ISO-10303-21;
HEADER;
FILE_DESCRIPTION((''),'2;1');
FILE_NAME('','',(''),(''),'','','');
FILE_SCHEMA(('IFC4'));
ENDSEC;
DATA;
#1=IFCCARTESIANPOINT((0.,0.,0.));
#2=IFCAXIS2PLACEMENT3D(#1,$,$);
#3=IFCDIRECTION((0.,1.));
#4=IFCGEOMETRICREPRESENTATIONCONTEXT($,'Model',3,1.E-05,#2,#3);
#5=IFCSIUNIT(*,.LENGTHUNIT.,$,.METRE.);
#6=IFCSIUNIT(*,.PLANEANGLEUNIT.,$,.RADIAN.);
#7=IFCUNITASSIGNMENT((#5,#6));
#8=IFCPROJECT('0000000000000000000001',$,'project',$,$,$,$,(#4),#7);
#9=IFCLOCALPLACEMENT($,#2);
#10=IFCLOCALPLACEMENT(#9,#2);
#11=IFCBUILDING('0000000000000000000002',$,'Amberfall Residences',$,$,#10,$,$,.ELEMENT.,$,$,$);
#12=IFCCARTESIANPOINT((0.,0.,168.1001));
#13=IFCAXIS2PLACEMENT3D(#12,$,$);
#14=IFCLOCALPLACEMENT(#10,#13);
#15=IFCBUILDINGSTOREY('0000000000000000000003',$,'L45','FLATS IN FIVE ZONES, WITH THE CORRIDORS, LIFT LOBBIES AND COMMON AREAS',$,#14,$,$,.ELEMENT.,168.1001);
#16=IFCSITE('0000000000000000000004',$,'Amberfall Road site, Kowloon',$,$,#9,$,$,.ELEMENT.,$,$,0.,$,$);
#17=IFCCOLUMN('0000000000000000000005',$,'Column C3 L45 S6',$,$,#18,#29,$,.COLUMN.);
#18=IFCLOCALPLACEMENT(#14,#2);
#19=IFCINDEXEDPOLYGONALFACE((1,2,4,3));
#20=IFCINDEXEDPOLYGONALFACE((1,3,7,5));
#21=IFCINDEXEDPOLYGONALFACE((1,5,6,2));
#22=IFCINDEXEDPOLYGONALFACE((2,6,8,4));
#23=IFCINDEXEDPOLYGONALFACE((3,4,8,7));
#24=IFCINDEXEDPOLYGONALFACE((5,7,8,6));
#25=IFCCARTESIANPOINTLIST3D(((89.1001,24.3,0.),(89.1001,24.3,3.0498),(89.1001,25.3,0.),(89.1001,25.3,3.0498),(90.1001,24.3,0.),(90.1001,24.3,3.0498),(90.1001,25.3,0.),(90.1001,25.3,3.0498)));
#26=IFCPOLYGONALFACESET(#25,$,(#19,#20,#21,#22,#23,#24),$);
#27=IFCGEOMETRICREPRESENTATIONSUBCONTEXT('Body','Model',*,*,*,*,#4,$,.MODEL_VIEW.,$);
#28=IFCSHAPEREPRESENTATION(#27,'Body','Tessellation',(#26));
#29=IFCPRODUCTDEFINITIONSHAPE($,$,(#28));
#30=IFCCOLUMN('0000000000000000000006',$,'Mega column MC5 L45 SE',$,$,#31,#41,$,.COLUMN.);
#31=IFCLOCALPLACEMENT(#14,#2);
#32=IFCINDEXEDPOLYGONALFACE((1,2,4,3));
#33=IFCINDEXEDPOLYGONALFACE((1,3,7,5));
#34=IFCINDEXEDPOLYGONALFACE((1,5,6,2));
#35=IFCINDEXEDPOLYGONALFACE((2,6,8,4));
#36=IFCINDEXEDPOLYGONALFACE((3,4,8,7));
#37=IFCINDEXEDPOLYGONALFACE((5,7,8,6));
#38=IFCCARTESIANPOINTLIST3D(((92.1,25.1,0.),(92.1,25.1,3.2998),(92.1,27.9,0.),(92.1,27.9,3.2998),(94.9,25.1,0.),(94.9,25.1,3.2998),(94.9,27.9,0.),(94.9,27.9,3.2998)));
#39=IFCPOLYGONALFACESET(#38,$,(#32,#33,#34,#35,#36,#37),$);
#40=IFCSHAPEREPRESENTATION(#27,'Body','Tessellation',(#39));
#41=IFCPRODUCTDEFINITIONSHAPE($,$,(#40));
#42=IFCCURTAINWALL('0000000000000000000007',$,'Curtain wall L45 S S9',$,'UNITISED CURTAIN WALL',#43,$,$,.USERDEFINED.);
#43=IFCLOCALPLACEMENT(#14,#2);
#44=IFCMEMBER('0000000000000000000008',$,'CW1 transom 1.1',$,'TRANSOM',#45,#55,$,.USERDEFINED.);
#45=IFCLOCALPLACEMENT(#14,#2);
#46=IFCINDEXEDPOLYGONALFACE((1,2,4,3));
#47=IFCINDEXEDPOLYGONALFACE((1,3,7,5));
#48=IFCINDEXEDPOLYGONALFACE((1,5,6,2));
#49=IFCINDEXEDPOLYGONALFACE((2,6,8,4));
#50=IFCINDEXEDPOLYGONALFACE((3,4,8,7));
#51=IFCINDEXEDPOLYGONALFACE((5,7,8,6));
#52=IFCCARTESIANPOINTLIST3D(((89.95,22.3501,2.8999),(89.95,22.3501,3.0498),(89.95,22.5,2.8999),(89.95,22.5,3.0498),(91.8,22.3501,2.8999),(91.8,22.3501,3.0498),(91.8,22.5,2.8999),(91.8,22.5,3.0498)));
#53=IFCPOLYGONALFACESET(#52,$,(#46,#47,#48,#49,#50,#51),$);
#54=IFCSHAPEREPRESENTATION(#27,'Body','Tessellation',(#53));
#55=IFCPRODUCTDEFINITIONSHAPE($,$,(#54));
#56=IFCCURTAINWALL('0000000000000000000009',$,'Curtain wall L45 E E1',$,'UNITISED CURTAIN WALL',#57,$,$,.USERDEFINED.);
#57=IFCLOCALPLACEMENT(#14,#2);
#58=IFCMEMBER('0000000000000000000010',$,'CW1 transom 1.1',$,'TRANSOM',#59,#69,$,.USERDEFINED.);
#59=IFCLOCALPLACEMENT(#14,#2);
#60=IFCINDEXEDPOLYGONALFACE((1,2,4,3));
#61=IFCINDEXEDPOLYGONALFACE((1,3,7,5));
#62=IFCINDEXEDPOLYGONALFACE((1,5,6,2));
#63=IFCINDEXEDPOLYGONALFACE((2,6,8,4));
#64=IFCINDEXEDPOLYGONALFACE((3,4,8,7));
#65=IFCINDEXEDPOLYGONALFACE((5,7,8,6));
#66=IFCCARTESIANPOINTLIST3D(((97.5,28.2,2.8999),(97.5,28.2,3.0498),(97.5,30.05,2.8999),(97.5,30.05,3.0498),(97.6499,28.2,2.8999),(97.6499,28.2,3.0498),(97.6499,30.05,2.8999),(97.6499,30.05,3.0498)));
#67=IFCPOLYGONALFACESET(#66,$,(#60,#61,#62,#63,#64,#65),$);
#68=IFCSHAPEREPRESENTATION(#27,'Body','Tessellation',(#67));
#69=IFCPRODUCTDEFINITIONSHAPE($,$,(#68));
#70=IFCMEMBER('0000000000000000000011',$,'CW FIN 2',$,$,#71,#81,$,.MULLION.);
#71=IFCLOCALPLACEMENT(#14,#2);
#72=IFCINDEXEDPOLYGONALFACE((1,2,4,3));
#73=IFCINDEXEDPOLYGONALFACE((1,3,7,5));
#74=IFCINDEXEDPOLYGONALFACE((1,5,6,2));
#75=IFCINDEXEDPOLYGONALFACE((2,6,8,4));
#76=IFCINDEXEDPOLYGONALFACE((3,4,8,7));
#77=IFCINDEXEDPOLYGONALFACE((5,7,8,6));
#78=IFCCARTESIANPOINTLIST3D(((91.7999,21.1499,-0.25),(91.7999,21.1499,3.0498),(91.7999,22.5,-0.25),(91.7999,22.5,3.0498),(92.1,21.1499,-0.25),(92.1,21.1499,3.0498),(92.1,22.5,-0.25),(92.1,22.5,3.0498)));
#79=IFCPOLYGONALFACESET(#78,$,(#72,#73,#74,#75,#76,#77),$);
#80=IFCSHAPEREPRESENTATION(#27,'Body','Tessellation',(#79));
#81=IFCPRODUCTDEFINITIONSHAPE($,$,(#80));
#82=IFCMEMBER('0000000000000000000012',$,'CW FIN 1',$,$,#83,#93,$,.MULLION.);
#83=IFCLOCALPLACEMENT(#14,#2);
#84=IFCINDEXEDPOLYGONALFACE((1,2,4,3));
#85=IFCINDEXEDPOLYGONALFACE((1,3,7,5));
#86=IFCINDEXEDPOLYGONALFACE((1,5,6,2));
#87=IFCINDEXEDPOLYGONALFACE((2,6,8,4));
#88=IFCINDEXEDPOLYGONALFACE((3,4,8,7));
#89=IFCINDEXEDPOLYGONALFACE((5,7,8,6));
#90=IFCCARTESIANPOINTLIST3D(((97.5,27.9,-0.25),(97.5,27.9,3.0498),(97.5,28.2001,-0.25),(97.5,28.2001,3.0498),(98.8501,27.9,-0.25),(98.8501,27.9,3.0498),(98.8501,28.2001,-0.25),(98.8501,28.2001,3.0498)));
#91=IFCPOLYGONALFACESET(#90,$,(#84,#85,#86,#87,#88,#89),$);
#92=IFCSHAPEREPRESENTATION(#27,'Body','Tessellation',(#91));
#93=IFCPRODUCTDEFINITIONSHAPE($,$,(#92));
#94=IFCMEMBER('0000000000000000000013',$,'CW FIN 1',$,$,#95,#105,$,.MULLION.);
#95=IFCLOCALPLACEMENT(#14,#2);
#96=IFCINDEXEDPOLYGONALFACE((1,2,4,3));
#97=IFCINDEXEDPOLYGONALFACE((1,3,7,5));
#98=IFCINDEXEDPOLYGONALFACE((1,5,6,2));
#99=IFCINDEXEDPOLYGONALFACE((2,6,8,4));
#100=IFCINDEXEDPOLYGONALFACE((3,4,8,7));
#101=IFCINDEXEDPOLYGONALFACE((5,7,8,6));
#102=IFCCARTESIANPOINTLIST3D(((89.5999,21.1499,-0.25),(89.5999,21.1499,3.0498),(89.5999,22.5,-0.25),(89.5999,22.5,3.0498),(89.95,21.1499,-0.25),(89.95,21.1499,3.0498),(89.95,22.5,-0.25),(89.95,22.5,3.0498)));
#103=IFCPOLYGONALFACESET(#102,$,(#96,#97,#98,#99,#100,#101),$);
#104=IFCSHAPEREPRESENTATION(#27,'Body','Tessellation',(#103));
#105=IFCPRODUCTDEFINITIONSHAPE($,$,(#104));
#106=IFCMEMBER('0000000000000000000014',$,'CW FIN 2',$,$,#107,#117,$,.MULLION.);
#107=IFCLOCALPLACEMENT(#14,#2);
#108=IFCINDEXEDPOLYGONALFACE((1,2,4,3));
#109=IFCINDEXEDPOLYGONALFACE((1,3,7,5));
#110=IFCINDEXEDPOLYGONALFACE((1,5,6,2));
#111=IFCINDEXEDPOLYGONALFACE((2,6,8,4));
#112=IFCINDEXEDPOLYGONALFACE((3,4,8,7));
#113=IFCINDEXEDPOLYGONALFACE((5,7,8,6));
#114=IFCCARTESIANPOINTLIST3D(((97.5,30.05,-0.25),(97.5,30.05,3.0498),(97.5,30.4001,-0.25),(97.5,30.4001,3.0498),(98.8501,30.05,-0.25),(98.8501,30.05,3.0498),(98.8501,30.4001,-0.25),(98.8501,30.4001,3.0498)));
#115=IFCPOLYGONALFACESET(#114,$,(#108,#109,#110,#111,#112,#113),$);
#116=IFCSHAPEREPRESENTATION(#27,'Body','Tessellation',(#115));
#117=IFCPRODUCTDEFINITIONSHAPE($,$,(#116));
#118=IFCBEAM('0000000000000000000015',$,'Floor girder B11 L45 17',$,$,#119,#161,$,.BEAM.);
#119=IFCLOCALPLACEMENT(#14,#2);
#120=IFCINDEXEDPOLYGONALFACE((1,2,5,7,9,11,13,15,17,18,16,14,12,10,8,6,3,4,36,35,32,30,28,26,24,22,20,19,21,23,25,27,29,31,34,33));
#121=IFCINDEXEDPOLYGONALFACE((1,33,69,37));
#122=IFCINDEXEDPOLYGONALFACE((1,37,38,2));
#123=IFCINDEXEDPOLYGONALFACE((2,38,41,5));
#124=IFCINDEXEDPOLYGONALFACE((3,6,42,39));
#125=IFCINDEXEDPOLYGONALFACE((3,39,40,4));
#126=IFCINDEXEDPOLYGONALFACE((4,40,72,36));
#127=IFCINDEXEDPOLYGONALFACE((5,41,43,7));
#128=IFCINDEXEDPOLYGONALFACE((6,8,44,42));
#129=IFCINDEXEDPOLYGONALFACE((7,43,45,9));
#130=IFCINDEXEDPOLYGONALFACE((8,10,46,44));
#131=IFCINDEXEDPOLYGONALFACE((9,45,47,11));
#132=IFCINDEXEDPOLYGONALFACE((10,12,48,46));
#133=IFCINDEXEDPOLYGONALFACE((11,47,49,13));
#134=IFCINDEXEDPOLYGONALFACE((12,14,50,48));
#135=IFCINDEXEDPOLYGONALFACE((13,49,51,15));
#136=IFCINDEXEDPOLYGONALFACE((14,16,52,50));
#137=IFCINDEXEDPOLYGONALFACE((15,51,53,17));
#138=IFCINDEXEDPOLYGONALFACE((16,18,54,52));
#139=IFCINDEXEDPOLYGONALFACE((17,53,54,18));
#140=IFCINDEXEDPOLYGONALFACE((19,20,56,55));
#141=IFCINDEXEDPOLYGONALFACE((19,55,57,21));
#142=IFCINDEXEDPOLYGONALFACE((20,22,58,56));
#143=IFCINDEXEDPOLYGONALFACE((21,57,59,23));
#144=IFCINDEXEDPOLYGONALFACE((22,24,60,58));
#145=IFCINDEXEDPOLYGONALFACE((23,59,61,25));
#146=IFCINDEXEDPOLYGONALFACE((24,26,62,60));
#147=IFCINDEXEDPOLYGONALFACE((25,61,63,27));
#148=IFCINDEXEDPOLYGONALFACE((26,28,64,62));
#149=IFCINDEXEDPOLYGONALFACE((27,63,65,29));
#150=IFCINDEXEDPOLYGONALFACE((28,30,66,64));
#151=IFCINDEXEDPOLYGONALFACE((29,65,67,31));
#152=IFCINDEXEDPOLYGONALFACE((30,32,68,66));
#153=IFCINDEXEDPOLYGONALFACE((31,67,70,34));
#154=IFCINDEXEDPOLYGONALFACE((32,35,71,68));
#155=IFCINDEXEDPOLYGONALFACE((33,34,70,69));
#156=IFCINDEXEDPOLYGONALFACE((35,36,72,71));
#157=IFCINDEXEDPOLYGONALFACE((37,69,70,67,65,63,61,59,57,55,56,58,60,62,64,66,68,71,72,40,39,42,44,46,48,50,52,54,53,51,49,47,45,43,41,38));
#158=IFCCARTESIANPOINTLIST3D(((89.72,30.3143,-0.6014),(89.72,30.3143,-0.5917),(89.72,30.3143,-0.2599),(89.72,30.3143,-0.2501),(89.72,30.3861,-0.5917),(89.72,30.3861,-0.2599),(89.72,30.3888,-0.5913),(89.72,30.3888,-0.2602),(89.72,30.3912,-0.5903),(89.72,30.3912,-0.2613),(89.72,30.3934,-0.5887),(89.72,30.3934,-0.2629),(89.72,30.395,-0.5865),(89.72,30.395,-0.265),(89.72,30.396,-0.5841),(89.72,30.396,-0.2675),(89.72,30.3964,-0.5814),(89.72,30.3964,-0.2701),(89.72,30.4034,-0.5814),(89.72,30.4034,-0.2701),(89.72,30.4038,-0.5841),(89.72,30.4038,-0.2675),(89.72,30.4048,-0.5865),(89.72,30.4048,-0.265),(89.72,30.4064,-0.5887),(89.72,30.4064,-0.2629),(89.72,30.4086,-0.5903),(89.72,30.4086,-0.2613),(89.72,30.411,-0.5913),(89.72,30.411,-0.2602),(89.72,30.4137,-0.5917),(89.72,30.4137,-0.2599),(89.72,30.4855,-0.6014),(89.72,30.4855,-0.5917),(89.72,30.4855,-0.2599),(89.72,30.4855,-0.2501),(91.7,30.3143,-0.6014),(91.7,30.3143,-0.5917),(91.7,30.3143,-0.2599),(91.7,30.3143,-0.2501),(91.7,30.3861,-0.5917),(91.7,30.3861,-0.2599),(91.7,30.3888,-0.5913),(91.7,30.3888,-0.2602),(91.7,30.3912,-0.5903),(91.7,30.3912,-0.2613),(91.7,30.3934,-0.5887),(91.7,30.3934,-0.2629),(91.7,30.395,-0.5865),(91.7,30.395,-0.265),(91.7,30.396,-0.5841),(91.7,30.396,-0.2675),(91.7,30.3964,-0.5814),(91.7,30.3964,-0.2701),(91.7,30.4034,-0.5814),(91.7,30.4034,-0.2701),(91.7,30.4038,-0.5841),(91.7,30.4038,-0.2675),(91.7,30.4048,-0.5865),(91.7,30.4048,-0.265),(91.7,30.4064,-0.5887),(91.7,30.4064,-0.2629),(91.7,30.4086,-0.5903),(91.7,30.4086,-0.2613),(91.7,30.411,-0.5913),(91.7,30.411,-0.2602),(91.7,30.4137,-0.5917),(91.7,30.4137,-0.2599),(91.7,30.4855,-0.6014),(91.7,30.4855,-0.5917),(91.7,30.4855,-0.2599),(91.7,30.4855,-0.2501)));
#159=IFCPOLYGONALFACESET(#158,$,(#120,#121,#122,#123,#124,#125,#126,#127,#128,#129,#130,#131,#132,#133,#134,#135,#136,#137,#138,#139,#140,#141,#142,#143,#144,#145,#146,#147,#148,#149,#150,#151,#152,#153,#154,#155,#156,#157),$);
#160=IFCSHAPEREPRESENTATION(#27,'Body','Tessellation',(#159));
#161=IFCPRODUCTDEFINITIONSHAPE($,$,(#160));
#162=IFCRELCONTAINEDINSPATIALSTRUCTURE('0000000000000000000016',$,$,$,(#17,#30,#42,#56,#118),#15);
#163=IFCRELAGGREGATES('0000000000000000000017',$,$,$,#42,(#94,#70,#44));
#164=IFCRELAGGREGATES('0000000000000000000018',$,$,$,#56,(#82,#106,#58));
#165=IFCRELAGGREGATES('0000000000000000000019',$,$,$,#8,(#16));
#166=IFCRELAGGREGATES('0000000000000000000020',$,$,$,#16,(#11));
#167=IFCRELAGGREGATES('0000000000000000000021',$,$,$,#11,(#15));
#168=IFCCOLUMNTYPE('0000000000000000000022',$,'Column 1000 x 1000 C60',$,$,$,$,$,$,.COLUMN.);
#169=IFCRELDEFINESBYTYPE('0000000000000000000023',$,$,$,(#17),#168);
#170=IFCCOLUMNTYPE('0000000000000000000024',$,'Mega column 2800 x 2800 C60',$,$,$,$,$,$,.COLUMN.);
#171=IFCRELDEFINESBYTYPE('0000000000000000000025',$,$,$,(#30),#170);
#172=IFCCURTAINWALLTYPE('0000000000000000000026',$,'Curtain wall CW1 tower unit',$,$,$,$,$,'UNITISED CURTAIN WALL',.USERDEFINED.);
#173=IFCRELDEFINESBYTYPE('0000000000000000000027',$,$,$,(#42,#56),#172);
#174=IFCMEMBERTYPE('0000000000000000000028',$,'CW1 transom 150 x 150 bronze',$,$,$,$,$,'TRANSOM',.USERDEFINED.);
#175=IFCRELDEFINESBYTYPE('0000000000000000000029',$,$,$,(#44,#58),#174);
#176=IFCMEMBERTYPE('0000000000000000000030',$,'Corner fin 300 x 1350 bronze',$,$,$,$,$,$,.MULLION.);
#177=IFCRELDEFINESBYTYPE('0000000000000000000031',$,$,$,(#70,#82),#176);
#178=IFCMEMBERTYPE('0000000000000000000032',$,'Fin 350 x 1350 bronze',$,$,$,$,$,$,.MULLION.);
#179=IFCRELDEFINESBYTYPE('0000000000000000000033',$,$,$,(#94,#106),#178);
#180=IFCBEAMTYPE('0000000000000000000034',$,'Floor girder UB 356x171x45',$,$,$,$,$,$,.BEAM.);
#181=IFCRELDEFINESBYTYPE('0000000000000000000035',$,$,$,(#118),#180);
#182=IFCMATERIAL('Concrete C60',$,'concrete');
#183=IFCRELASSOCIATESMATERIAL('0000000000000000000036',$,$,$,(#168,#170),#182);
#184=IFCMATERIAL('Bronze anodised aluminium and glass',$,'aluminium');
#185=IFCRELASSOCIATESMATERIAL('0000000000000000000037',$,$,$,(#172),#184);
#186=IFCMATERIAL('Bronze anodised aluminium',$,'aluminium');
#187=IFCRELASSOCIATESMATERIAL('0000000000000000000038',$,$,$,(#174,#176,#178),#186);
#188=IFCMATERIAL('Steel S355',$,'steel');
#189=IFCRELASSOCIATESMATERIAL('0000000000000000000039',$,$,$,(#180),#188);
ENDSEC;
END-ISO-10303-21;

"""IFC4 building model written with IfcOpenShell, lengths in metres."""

from ifc_helpers import new_model, si_unit, direction, frame, origin, origin_2d, place, context, subcontext, project, spatial, rectangle, i_section, extrude, material, material_profile, profile_set, type_object, element, aggregate, save


model = new_model("IFC4")

# Units and contexts
model_context = context("Model", 3, precision=1e-05, world=origin(), true_north=direction((0.0, 1.0)))
body_context = subcontext(model_context, "Body", "Model", "MODEL_VIEW")
ifc_project = project(units=[si_unit("LENGTHUNIT", "METRE"), si_unit("PLANEANGLEUNIT", "RADIAN")], contexts=[model_context])

# Site, building, storey
site_placement = place(None, origin())
site = spatial("IfcSite", under=ifc_project, at=site_placement, Name="Amberfall Road site, Kowloon", CompositionType="ELEMENT", RefElevation=0.0)
building_placement = place(site_placement, origin())
building = spatial("IfcBuilding", under=site, at=building_placement, Name="Amberfall Residences", CompositionType="ELEMENT")
storey_placement = place(building_placement, frame((0.0, 0.0, 168.1001)))
storey = spatial("IfcBuildingStorey", under=building, at=storey_placement, Name="L45", Description="FLATS IN FIVE ZONES, WITH THE CORRIDORS, LIFT LOBBIES AND COMMON AREAS", CompositionType="ELEMENT", Elevation=168.1001)

# Columns
ifc_material_1 = material(Name="Concrete C60", Category="concrete")
ifc_material_profile_1 = material_profile(ifc_material_1, rectangle(XDim=1.0, YDim=1.0, at=origin_2d()), Name="Column 1000 x 1000 C60")
ifc_profile_set_1 = profile_set([ifc_material_profile_1], Name="Concrete C60")
column_type_1 = type_object("IfcColumnType", Name="Column 1000 x 1000 C60", PredefinedType="COLUMN", material=ifc_profile_set_1)
column_1_placement = place(storey_placement, frame((89.6001, 24.8, 0.0), z_axis=(0.0, 0.0, 1.0), x_axis=(1.0, 0.0, 0.0)))
element("IfcColumn", 1, at=column_1_placement, inside=storey, type_object=column_type_1, Name="Column C3 L45 S6", PredefinedType="COLUMN", context=body_context, shape_type="SweptSolid", body=[
    extrude(rectangle(XDim=1.0, YDim=1.0, at=origin_2d()), origin(), (0.0, 0.0, 1.0), 3.0498),
])
ifc_material_profile_2 = material_profile(ifc_material_1, rectangle(XDim=2.8, YDim=2.8, at=origin_2d()), Name="Mega column 2800 x 2800 C60")
ifc_profile_set_2 = profile_set([ifc_material_profile_2], Name="Concrete C60")
column_type_2 = type_object("IfcColumnType", Name="Mega column 2800 x 2800 C60", PredefinedType="COLUMN", material=ifc_profile_set_2)
column_2_placement = place(storey_placement, frame((93.5, 26.5, 0.0), z_axis=(0.0, 0.0, 1.0), x_axis=(1.0, 0.0, 0.0)))
element("IfcColumn", 2, at=column_2_placement, inside=storey, type_object=column_type_2, Name="Mega column MC5 L45 SE", PredefinedType="COLUMN", context=body_context, shape_type="SweptSolid", body=[
    extrude(rectangle(XDim=2.8, YDim=2.8, at=origin_2d()), origin(), (0.0, 0.0, 1.0), 3.2998),
])

# Curtain walls, members
ifc_material_2 = material(Name="Bronze anodised aluminium and glass", Category="aluminium")
curtain_wall_type = type_object("IfcCurtainWallType", Name="Curtain wall CW1 tower unit", ElementType="UNITISED CURTAIN WALL", PredefinedType="USERDEFINED", material=ifc_material_2)
curtain_wall_1_placement = place(storey_placement, origin())
curtain_wall_1 = element("IfcCurtainWall", 3, at=curtain_wall_1_placement, inside=storey, type_object=curtain_wall_type, Name="Curtain wall L45 S S9", ObjectType="UNITISED CURTAIN WALL", PredefinedType="USERDEFINED")
ifc_material_3 = material(Name="Bronze anodised aluminium", Category="aluminium")
ifc_material_profile_3 = material_profile(ifc_material_3, rectangle(XDim=0.1499, YDim=0.1499, at=origin_2d()), Name="CW1 transom 150 x 150 bronze")
ifc_profile_set_3 = profile_set([ifc_material_profile_3], Name="Bronze anodised aluminium")
member_type_1 = type_object("IfcMemberType", Name="CW1 transom 150 x 150 bronze", ElementType="TRANSOM", PredefinedType="USERDEFINED", material=ifc_profile_set_3)
member_1_placement = place(storey_placement, frame((89.95, 22.425, 2.9749), z_axis=(1.0, 0.0, 0.0), x_axis=(0.0, 1.0, 0.0)))
member_1 = element("IfcMember", 4, at=member_1_placement, type_object=member_type_1, Name="CW1 transom 1.1", ObjectType="TRANSOM", PredefinedType="USERDEFINED", context=body_context, shape_type="SweptSolid", body=[
    extrude(rectangle(XDim=0.1499, YDim=0.1499, at=origin_2d()), origin(), (0.0, 0.0, 1.0), 1.8501),
])
curtain_wall_2_placement = place(storey_placement, origin())
curtain_wall_2 = element("IfcCurtainWall", 5, at=curtain_wall_2_placement, inside=storey, type_object=curtain_wall_type, Name="Curtain wall L45 E E1", ObjectType="UNITISED CURTAIN WALL", PredefinedType="USERDEFINED")
member_2_placement = place(storey_placement, frame((97.575, 28.2, 2.9749), z_axis=(0.0, 1.0, 0.0), x_axis=(-1.0, 0.0, 0.0)))
member_2 = element("IfcMember", 6, at=member_2_placement, type_object=member_type_1, Name="CW1 transom 1.1", ObjectType="TRANSOM", PredefinedType="USERDEFINED", context=body_context, shape_type="SweptSolid", body=[
    extrude(rectangle(XDim=0.1499, YDim=0.1499, at=origin_2d()), origin(), (0.0, 0.0, 1.0), 1.8501),
])

# Members
ifc_material_profile_4 = material_profile(ifc_material_3, rectangle(XDim=1.3501, YDim=0.3, at=origin_2d()), Name="Corner fin 300 x 1350 bronze")
ifc_profile_set_4 = profile_set([ifc_material_profile_4], Name="Bronze anodised aluminium")
member_type_2 = type_object("IfcMemberType", Name="Corner fin 300 x 1350 bronze", PredefinedType="MULLION", material=ifc_profile_set_4)
member_3_placement = place(storey_placement, frame((91.95, 21.825, -0.25), z_axis=(0.0, 0.0, 1.0), x_axis=(0.0, 1.0, 0.0)))
member_3 = element("IfcMember", 7, at=member_3_placement, type_object=member_type_2, Name="CW FIN 2", PredefinedType="MULLION", context=body_context, shape_type="SweptSolid", body=[
    extrude(rectangle(XDim=1.3501, YDim=0.3, at=origin_2d()), origin(), (0.0, 0.0, 1.0), 3.2998),
])
member_4_placement = place(storey_placement, frame((98.175, 28.05, -0.25), z_axis=(0.0, 0.0, 1.0), x_axis=(-1.0, 0.0, 0.0)))
member_4 = element("IfcMember", 8, at=member_4_placement, type_object=member_type_2, Name="CW FIN 1", PredefinedType="MULLION", context=body_context, shape_type="SweptSolid", body=[
    extrude(rectangle(XDim=1.3501, YDim=0.3, at=origin_2d()), origin(), (0.0, 0.0, 1.0), 3.2998),
])
ifc_material_profile_5 = material_profile(ifc_material_3, rectangle(XDim=1.3501, YDim=0.3501, at=origin_2d()), Name="Fin 350 x 1350 bronze")
ifc_profile_set_5 = profile_set([ifc_material_profile_5], Name="Bronze anodised aluminium")
member_type_3 = type_object("IfcMemberType", Name="Fin 350 x 1350 bronze", PredefinedType="MULLION", material=ifc_profile_set_5)
member_5_placement = place(storey_placement, frame((89.7749, 21.825, -0.25), z_axis=(0.0, 0.0, 1.0), x_axis=(0.0, 1.0, 0.0)))
member_5 = element("IfcMember", 9, at=member_5_placement, type_object=member_type_3, Name="CW FIN 1", PredefinedType="MULLION", context=body_context, shape_type="SweptSolid", body=[
    extrude(rectangle(XDim=1.3501, YDim=0.3501, at=origin_2d()), origin(), (0.0, 0.0, 1.0), 3.2998),
])
member_6_placement = place(storey_placement, frame((98.175, 30.2251, -0.25), z_axis=(0.0, 0.0, 1.0), x_axis=(-1.0, 0.0, 0.0)))
member_6 = element("IfcMember", 10, at=member_6_placement, type_object=member_type_3, Name="CW FIN 2", PredefinedType="MULLION", context=body_context, shape_type="SweptSolid", body=[
    extrude(rectangle(XDim=1.3501, YDim=0.3501, at=origin_2d()), origin(), (0.0, 0.0, 1.0), 3.2998),
])

# Beam
ifc_material_4 = material(Name="Steel S355", Category="steel")
ifc_material_profile_6 = material_profile(ifc_material_4, i_section(OverallWidth=0.1711, OverallDepth=0.3513, WebThickness=0.0071, FlangeThickness=0.0098, FilletRadius=0.0103, at=origin_2d()), Name="UB 356x171x45")
ifc_profile_set_6 = profile_set([ifc_material_profile_6], Name="Steel S355")
beam_type_1 = type_object("IfcBeamType", Name="Floor girder UB 356x171x45", PredefinedType="BEAM", material=ifc_profile_set_6)
beam_1_placement = place(storey_placement, frame((91.7, 30.3999, -0.4258), z_axis=(-1.0, 0.0, 0.0), x_axis=(0.0, -1.0, 0.0)))
element("IfcBeam", 11, at=beam_1_placement, inside=storey, type_object=beam_type_1, Name="Floor girder B11 L45 17", PredefinedType="BEAM", context=body_context, shape_type="SweptSolid", body=[
    extrude(i_section(OverallWidth=0.1711, OverallDepth=0.3513, WebThickness=0.0071, FlangeThickness=0.0098, FilletRadius=0.0103, at=origin_2d()), origin(), (0.0, 0.0, 1.0), 1.98),
])

aggregate(curtain_wall_1, [member_5, member_3, member_1])
aggregate(curtain_wall_2, [member_4, member_6, member_2])

save(model, "model.ifc")
